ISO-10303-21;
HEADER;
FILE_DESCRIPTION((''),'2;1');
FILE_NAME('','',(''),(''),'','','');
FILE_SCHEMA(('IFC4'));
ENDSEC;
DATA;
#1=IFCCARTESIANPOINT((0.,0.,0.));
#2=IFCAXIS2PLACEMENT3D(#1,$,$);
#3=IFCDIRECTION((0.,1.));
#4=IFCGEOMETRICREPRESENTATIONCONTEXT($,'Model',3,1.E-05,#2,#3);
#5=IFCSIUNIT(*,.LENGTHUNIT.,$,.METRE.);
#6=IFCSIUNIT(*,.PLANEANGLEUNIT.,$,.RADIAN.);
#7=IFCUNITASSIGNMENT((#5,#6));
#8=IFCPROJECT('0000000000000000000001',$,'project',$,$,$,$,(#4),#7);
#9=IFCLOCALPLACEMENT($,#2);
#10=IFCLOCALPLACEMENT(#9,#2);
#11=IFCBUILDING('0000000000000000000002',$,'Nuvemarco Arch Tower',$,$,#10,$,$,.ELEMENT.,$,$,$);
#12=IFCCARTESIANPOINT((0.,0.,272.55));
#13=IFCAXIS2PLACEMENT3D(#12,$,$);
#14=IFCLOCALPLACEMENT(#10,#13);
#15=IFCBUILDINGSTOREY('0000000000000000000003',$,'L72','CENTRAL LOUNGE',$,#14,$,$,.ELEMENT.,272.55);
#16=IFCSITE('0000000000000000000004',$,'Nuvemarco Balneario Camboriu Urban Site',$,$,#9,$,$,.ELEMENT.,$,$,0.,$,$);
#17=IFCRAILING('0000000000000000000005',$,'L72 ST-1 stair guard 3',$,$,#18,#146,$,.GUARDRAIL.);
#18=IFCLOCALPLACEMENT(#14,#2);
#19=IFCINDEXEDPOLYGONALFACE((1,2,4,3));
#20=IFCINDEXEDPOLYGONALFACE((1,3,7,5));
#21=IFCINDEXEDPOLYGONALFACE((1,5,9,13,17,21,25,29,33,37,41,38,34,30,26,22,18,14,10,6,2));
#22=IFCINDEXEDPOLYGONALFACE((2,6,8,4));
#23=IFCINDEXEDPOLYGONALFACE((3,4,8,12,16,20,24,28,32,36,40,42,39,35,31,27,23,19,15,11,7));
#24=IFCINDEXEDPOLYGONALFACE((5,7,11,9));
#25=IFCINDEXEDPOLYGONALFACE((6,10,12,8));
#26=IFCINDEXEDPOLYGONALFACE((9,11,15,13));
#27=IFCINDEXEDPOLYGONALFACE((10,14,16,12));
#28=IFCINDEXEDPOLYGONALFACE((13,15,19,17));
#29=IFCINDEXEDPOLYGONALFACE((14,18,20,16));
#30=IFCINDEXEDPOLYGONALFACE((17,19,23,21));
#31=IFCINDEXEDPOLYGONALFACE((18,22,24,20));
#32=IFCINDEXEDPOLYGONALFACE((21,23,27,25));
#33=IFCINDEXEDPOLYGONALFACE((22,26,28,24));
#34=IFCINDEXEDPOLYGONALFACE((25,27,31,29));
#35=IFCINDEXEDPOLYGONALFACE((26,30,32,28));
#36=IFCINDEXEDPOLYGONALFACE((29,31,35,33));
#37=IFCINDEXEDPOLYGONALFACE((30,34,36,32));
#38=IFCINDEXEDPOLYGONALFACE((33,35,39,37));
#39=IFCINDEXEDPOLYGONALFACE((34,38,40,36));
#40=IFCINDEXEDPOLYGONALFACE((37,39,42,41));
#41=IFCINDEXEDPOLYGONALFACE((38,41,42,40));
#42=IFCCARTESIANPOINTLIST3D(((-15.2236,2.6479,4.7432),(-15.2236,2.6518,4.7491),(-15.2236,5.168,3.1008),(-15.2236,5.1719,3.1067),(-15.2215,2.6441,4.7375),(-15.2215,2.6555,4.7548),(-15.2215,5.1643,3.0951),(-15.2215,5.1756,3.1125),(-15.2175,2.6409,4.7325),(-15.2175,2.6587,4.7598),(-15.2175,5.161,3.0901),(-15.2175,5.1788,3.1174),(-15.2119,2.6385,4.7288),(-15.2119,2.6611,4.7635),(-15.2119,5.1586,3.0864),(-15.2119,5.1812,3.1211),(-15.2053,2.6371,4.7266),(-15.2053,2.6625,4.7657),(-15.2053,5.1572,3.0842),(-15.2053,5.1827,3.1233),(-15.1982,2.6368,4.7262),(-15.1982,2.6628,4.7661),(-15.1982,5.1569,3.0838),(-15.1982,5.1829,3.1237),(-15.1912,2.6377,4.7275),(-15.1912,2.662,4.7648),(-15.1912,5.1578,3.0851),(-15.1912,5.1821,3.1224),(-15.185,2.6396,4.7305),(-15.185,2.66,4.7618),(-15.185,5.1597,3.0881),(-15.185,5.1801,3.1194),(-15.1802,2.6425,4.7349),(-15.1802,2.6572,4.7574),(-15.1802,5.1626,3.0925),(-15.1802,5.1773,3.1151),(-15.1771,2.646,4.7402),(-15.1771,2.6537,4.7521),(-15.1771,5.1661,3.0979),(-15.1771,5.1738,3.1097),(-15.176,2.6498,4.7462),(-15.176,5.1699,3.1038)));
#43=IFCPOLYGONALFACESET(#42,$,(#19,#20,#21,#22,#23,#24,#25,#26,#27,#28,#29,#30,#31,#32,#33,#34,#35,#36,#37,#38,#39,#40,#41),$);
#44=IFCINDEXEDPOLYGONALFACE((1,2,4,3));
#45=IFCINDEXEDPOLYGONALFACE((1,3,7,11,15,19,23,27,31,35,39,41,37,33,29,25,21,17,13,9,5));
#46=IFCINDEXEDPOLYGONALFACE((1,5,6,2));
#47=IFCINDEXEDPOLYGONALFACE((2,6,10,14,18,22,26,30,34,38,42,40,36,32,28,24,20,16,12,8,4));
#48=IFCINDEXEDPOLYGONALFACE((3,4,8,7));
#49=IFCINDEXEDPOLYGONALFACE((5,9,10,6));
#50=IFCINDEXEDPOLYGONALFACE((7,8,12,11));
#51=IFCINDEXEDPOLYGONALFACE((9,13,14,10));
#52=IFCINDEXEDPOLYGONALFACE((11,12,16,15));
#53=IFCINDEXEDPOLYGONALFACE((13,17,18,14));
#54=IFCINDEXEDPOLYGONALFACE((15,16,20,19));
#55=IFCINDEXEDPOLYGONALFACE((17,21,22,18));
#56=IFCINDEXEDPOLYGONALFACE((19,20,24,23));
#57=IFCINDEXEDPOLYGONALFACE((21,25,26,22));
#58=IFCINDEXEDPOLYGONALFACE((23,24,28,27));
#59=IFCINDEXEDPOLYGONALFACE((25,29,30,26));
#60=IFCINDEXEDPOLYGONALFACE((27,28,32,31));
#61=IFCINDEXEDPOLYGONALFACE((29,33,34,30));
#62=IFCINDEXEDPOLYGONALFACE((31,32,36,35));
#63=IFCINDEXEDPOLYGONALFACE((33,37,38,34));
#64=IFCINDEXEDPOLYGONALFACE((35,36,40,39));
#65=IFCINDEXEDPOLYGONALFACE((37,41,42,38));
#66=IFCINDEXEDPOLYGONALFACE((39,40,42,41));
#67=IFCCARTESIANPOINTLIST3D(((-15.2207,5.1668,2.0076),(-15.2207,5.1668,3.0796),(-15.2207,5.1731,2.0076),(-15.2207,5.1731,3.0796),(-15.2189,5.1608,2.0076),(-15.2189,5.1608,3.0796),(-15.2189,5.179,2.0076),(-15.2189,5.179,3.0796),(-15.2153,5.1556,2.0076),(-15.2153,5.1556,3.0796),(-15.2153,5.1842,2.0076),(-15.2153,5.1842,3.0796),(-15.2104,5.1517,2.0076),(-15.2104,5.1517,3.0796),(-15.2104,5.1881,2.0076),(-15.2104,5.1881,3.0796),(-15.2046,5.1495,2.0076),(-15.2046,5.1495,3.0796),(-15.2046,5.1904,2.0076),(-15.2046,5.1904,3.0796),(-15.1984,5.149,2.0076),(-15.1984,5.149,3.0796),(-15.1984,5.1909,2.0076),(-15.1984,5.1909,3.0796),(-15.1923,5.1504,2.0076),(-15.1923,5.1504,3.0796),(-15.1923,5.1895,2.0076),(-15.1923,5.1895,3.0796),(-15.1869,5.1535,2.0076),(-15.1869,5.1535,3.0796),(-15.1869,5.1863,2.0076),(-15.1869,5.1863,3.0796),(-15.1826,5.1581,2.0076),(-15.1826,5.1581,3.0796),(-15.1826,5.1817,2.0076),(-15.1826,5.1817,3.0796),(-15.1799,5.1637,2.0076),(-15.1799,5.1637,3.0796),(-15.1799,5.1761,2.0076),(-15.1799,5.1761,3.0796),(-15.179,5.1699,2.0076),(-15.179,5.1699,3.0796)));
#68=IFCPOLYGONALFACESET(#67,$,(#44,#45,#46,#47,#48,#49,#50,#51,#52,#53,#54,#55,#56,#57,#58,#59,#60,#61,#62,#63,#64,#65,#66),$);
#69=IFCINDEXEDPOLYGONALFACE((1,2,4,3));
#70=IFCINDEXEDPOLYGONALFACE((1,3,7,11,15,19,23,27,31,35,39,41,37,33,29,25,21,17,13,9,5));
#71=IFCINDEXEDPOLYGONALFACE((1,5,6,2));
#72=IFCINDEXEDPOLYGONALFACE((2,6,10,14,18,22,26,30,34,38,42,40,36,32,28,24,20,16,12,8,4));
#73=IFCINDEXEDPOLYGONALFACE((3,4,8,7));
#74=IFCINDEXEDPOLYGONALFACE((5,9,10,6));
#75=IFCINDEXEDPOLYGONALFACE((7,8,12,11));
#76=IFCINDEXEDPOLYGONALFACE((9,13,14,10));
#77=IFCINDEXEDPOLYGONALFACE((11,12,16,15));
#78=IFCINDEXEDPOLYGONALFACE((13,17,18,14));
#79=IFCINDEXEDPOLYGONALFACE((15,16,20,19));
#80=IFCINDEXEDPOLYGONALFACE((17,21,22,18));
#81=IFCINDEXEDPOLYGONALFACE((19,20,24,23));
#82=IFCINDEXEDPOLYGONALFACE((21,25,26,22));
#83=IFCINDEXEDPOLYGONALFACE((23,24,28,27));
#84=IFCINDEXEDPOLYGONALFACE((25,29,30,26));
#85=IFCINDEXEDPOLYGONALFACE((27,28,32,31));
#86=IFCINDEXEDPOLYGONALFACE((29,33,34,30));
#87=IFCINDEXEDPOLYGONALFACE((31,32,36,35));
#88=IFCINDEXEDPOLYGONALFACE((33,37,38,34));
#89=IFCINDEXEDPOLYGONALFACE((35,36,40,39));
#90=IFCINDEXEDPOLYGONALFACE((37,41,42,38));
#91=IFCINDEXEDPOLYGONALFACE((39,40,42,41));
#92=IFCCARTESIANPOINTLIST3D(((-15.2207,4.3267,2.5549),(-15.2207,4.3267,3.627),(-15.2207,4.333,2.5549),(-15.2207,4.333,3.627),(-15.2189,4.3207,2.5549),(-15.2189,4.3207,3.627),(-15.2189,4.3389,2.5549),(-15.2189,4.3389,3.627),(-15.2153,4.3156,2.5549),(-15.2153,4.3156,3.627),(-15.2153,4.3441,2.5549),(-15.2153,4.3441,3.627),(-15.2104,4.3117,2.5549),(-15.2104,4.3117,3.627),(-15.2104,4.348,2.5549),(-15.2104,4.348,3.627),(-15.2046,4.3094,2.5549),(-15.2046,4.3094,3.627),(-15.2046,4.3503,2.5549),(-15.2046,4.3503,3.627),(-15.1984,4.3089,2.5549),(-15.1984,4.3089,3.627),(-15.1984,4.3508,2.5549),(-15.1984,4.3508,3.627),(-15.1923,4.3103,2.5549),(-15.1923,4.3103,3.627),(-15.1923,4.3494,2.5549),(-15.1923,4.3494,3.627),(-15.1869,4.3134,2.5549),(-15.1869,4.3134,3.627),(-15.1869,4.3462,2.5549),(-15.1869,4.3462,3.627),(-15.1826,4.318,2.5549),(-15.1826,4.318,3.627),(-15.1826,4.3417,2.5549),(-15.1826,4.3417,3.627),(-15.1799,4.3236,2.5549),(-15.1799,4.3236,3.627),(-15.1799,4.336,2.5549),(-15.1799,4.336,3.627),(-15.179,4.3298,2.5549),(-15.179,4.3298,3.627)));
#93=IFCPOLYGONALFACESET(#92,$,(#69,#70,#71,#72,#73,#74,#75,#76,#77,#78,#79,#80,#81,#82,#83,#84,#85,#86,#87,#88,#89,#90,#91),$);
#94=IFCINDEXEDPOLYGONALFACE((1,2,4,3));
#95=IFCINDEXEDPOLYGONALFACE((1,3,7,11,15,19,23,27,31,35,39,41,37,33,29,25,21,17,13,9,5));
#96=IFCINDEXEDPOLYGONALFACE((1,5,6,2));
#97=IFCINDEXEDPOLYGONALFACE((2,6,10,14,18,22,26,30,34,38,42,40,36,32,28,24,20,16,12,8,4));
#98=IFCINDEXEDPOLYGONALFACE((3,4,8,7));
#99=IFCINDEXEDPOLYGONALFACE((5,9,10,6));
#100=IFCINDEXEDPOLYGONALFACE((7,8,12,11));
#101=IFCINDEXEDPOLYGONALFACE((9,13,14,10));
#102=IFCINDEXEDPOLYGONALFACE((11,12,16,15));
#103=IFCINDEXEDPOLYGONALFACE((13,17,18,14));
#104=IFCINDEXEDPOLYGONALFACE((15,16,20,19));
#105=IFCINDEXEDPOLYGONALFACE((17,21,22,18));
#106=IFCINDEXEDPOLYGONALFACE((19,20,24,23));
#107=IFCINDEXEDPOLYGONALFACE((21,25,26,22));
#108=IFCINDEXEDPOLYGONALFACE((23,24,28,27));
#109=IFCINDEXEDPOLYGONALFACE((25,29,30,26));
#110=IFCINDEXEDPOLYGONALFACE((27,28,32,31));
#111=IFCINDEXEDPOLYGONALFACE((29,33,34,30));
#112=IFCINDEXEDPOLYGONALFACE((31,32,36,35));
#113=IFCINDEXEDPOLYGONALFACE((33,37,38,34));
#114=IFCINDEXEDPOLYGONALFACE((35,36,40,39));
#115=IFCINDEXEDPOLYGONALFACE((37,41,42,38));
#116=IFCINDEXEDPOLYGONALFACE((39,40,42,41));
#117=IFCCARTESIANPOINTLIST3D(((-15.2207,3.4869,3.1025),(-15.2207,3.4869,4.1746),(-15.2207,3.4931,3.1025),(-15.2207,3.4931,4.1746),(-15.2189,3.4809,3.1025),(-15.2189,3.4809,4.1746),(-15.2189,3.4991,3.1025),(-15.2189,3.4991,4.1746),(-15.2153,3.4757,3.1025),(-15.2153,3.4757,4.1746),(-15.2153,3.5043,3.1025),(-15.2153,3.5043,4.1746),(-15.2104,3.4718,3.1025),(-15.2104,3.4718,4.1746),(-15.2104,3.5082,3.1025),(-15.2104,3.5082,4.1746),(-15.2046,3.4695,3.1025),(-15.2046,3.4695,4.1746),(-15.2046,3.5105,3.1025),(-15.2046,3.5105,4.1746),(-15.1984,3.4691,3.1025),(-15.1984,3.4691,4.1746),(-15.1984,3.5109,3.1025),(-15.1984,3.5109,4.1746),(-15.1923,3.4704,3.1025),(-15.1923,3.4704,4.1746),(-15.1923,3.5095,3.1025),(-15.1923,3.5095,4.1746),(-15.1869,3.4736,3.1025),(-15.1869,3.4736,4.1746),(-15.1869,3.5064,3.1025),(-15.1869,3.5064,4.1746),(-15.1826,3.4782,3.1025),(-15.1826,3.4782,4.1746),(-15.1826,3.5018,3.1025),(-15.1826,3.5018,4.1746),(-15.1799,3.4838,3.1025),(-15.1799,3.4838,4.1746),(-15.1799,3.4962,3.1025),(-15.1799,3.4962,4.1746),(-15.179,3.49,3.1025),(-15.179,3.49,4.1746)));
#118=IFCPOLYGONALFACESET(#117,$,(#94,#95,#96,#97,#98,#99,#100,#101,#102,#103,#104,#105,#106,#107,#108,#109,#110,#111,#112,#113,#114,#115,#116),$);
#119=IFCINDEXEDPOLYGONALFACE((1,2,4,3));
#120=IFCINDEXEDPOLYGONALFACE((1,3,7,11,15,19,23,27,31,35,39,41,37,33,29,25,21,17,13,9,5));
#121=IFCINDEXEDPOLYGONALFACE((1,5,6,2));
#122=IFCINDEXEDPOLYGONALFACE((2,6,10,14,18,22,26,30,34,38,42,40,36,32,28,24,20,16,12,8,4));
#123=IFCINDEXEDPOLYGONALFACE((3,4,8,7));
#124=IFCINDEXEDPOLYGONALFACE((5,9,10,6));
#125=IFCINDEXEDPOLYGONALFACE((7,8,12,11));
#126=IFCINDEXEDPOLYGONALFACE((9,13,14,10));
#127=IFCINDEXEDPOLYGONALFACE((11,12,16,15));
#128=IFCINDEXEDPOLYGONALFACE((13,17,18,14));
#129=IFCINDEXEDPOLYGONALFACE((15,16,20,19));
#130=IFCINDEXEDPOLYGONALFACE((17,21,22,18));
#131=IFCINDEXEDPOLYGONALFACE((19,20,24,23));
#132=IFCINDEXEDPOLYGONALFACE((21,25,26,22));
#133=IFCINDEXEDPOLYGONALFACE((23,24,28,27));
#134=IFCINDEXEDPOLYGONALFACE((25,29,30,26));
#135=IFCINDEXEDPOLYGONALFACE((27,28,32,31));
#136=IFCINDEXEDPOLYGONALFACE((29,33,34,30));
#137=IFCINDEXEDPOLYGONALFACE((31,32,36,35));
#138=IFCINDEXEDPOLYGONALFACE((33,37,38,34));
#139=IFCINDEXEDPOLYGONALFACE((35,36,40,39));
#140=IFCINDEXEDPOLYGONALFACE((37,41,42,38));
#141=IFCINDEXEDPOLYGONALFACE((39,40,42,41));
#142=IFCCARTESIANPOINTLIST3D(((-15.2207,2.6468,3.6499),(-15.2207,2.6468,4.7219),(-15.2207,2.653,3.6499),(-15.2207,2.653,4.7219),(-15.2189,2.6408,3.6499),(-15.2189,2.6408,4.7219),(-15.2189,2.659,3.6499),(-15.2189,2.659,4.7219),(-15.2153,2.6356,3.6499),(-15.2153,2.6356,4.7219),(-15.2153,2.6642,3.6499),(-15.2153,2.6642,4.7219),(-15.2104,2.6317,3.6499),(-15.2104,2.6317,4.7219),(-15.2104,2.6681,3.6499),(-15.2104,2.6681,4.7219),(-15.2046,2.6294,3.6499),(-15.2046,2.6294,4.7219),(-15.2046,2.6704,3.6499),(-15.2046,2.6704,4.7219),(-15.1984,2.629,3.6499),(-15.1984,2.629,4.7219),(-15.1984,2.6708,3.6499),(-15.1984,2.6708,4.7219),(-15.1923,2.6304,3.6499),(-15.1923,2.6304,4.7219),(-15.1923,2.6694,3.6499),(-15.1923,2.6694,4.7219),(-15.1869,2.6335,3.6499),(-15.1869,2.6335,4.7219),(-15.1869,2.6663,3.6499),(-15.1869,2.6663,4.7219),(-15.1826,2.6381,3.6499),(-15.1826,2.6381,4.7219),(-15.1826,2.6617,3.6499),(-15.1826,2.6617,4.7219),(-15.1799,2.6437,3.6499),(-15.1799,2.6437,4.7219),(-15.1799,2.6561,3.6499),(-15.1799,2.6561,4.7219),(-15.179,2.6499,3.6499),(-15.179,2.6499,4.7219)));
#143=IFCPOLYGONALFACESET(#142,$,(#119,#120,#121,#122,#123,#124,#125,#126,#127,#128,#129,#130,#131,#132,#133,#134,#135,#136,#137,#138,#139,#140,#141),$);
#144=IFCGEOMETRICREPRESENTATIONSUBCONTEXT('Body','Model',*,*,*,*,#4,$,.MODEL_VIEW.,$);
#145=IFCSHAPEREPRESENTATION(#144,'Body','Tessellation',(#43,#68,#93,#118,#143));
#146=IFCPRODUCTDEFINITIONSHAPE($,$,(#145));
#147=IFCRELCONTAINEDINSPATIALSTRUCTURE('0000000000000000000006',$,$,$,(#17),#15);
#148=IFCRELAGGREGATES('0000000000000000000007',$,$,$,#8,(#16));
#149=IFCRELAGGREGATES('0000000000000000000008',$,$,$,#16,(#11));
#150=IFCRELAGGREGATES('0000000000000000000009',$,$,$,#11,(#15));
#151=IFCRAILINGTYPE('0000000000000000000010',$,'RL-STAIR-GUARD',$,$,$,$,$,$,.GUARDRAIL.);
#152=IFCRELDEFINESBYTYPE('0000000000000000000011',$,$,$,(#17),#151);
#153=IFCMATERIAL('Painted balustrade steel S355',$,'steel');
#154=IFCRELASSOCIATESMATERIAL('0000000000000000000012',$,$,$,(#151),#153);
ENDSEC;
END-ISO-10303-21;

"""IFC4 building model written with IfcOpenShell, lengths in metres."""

from ifc_helpers import new_model, si_unit, direction, frame, origin, origin_2d, place, context, subcontext, project, spatial, circle, extrude, material, type_object, element, save


model = new_model("IFC4")

# Units and contexts
model_context = context("Model", 3, precision=1e-05, world=origin(), true_north=direction((0.0, 1.0)))
body_context = subcontext(model_context, "Body", "Model", "MODEL_VIEW")
ifc_project = project(units=[si_unit("LENGTHUNIT", "METRE"), si_unit("PLANEANGLEUNIT", "RADIAN")], contexts=[model_context])

# Site, building, storey
site_placement = place(None, origin())
site = spatial("IfcSite", under=ifc_project, at=site_placement, Name="Nuvemarco Balneario Camboriu Urban Site", CompositionType="ELEMENT", RefElevation=0.0)
building_placement = place(site_placement, origin())
building = spatial("IfcBuilding", under=site, at=building_placement, Name="Nuvemarco Arch Tower", CompositionType="ELEMENT")
storey_placement = place(building_placement, frame((0.0, 0.0, 272.55)))
storey = spatial("IfcBuildingStorey", under=building, at=storey_placement, Name="L72", Description="CENTRAL LOUNGE", CompositionType="ELEMENT", Elevation=272.55)

# Railing
ifc_material_1 = material(Name="Painted balustrade steel S355", Category="steel")
railing_type_1 = type_object("IfcRailingType", Name="RL-STAIR-GUARD", PredefinedType="GUARDRAIL", material=ifc_material_1)
railing_1_placement = place(storey_placement, frame((-15.2, 5.1699, 2.0076)))
element("IfcRailing", 1, at=railing_1_placement, inside=storey, type_object=railing_type_1, Name="L72 ST-1 stair guard 3", PredefinedType="GUARDRAIL", context=body_context, shape_type="SweptSolid", body=[
    extrude(circle(Radius=0.0239, at=origin_2d()), frame((0.0, 0.0, 1.0962), z_axis=(0.0, -0.837787, 0.545998), x_axis=(1.0, 0.0, 0.0)), (0.0, 0.0, 1.0), 3.0081),
    extrude(circle(Radius=0.021, at=origin_2d()), origin(), (0.0, 0.0, 1.0), 1.072),
    extrude(circle(Radius=0.021, at=origin_2d()), frame((0.0, -0.8401, 0.5474)), (0.0, 0.0, 1.0), 1.072),
    extrude(circle(Radius=0.021, at=origin_2d()), frame((0.0, -1.6799, 1.095)), (0.0, 0.0, 1.0), 1.072),
    extrude(circle(Radius=0.021, at=origin_2d()), frame((0.0, -2.52, 1.6423)), (0.0, 0.0, 1.0), 1.072),
])

save(model, "model.ifc")
